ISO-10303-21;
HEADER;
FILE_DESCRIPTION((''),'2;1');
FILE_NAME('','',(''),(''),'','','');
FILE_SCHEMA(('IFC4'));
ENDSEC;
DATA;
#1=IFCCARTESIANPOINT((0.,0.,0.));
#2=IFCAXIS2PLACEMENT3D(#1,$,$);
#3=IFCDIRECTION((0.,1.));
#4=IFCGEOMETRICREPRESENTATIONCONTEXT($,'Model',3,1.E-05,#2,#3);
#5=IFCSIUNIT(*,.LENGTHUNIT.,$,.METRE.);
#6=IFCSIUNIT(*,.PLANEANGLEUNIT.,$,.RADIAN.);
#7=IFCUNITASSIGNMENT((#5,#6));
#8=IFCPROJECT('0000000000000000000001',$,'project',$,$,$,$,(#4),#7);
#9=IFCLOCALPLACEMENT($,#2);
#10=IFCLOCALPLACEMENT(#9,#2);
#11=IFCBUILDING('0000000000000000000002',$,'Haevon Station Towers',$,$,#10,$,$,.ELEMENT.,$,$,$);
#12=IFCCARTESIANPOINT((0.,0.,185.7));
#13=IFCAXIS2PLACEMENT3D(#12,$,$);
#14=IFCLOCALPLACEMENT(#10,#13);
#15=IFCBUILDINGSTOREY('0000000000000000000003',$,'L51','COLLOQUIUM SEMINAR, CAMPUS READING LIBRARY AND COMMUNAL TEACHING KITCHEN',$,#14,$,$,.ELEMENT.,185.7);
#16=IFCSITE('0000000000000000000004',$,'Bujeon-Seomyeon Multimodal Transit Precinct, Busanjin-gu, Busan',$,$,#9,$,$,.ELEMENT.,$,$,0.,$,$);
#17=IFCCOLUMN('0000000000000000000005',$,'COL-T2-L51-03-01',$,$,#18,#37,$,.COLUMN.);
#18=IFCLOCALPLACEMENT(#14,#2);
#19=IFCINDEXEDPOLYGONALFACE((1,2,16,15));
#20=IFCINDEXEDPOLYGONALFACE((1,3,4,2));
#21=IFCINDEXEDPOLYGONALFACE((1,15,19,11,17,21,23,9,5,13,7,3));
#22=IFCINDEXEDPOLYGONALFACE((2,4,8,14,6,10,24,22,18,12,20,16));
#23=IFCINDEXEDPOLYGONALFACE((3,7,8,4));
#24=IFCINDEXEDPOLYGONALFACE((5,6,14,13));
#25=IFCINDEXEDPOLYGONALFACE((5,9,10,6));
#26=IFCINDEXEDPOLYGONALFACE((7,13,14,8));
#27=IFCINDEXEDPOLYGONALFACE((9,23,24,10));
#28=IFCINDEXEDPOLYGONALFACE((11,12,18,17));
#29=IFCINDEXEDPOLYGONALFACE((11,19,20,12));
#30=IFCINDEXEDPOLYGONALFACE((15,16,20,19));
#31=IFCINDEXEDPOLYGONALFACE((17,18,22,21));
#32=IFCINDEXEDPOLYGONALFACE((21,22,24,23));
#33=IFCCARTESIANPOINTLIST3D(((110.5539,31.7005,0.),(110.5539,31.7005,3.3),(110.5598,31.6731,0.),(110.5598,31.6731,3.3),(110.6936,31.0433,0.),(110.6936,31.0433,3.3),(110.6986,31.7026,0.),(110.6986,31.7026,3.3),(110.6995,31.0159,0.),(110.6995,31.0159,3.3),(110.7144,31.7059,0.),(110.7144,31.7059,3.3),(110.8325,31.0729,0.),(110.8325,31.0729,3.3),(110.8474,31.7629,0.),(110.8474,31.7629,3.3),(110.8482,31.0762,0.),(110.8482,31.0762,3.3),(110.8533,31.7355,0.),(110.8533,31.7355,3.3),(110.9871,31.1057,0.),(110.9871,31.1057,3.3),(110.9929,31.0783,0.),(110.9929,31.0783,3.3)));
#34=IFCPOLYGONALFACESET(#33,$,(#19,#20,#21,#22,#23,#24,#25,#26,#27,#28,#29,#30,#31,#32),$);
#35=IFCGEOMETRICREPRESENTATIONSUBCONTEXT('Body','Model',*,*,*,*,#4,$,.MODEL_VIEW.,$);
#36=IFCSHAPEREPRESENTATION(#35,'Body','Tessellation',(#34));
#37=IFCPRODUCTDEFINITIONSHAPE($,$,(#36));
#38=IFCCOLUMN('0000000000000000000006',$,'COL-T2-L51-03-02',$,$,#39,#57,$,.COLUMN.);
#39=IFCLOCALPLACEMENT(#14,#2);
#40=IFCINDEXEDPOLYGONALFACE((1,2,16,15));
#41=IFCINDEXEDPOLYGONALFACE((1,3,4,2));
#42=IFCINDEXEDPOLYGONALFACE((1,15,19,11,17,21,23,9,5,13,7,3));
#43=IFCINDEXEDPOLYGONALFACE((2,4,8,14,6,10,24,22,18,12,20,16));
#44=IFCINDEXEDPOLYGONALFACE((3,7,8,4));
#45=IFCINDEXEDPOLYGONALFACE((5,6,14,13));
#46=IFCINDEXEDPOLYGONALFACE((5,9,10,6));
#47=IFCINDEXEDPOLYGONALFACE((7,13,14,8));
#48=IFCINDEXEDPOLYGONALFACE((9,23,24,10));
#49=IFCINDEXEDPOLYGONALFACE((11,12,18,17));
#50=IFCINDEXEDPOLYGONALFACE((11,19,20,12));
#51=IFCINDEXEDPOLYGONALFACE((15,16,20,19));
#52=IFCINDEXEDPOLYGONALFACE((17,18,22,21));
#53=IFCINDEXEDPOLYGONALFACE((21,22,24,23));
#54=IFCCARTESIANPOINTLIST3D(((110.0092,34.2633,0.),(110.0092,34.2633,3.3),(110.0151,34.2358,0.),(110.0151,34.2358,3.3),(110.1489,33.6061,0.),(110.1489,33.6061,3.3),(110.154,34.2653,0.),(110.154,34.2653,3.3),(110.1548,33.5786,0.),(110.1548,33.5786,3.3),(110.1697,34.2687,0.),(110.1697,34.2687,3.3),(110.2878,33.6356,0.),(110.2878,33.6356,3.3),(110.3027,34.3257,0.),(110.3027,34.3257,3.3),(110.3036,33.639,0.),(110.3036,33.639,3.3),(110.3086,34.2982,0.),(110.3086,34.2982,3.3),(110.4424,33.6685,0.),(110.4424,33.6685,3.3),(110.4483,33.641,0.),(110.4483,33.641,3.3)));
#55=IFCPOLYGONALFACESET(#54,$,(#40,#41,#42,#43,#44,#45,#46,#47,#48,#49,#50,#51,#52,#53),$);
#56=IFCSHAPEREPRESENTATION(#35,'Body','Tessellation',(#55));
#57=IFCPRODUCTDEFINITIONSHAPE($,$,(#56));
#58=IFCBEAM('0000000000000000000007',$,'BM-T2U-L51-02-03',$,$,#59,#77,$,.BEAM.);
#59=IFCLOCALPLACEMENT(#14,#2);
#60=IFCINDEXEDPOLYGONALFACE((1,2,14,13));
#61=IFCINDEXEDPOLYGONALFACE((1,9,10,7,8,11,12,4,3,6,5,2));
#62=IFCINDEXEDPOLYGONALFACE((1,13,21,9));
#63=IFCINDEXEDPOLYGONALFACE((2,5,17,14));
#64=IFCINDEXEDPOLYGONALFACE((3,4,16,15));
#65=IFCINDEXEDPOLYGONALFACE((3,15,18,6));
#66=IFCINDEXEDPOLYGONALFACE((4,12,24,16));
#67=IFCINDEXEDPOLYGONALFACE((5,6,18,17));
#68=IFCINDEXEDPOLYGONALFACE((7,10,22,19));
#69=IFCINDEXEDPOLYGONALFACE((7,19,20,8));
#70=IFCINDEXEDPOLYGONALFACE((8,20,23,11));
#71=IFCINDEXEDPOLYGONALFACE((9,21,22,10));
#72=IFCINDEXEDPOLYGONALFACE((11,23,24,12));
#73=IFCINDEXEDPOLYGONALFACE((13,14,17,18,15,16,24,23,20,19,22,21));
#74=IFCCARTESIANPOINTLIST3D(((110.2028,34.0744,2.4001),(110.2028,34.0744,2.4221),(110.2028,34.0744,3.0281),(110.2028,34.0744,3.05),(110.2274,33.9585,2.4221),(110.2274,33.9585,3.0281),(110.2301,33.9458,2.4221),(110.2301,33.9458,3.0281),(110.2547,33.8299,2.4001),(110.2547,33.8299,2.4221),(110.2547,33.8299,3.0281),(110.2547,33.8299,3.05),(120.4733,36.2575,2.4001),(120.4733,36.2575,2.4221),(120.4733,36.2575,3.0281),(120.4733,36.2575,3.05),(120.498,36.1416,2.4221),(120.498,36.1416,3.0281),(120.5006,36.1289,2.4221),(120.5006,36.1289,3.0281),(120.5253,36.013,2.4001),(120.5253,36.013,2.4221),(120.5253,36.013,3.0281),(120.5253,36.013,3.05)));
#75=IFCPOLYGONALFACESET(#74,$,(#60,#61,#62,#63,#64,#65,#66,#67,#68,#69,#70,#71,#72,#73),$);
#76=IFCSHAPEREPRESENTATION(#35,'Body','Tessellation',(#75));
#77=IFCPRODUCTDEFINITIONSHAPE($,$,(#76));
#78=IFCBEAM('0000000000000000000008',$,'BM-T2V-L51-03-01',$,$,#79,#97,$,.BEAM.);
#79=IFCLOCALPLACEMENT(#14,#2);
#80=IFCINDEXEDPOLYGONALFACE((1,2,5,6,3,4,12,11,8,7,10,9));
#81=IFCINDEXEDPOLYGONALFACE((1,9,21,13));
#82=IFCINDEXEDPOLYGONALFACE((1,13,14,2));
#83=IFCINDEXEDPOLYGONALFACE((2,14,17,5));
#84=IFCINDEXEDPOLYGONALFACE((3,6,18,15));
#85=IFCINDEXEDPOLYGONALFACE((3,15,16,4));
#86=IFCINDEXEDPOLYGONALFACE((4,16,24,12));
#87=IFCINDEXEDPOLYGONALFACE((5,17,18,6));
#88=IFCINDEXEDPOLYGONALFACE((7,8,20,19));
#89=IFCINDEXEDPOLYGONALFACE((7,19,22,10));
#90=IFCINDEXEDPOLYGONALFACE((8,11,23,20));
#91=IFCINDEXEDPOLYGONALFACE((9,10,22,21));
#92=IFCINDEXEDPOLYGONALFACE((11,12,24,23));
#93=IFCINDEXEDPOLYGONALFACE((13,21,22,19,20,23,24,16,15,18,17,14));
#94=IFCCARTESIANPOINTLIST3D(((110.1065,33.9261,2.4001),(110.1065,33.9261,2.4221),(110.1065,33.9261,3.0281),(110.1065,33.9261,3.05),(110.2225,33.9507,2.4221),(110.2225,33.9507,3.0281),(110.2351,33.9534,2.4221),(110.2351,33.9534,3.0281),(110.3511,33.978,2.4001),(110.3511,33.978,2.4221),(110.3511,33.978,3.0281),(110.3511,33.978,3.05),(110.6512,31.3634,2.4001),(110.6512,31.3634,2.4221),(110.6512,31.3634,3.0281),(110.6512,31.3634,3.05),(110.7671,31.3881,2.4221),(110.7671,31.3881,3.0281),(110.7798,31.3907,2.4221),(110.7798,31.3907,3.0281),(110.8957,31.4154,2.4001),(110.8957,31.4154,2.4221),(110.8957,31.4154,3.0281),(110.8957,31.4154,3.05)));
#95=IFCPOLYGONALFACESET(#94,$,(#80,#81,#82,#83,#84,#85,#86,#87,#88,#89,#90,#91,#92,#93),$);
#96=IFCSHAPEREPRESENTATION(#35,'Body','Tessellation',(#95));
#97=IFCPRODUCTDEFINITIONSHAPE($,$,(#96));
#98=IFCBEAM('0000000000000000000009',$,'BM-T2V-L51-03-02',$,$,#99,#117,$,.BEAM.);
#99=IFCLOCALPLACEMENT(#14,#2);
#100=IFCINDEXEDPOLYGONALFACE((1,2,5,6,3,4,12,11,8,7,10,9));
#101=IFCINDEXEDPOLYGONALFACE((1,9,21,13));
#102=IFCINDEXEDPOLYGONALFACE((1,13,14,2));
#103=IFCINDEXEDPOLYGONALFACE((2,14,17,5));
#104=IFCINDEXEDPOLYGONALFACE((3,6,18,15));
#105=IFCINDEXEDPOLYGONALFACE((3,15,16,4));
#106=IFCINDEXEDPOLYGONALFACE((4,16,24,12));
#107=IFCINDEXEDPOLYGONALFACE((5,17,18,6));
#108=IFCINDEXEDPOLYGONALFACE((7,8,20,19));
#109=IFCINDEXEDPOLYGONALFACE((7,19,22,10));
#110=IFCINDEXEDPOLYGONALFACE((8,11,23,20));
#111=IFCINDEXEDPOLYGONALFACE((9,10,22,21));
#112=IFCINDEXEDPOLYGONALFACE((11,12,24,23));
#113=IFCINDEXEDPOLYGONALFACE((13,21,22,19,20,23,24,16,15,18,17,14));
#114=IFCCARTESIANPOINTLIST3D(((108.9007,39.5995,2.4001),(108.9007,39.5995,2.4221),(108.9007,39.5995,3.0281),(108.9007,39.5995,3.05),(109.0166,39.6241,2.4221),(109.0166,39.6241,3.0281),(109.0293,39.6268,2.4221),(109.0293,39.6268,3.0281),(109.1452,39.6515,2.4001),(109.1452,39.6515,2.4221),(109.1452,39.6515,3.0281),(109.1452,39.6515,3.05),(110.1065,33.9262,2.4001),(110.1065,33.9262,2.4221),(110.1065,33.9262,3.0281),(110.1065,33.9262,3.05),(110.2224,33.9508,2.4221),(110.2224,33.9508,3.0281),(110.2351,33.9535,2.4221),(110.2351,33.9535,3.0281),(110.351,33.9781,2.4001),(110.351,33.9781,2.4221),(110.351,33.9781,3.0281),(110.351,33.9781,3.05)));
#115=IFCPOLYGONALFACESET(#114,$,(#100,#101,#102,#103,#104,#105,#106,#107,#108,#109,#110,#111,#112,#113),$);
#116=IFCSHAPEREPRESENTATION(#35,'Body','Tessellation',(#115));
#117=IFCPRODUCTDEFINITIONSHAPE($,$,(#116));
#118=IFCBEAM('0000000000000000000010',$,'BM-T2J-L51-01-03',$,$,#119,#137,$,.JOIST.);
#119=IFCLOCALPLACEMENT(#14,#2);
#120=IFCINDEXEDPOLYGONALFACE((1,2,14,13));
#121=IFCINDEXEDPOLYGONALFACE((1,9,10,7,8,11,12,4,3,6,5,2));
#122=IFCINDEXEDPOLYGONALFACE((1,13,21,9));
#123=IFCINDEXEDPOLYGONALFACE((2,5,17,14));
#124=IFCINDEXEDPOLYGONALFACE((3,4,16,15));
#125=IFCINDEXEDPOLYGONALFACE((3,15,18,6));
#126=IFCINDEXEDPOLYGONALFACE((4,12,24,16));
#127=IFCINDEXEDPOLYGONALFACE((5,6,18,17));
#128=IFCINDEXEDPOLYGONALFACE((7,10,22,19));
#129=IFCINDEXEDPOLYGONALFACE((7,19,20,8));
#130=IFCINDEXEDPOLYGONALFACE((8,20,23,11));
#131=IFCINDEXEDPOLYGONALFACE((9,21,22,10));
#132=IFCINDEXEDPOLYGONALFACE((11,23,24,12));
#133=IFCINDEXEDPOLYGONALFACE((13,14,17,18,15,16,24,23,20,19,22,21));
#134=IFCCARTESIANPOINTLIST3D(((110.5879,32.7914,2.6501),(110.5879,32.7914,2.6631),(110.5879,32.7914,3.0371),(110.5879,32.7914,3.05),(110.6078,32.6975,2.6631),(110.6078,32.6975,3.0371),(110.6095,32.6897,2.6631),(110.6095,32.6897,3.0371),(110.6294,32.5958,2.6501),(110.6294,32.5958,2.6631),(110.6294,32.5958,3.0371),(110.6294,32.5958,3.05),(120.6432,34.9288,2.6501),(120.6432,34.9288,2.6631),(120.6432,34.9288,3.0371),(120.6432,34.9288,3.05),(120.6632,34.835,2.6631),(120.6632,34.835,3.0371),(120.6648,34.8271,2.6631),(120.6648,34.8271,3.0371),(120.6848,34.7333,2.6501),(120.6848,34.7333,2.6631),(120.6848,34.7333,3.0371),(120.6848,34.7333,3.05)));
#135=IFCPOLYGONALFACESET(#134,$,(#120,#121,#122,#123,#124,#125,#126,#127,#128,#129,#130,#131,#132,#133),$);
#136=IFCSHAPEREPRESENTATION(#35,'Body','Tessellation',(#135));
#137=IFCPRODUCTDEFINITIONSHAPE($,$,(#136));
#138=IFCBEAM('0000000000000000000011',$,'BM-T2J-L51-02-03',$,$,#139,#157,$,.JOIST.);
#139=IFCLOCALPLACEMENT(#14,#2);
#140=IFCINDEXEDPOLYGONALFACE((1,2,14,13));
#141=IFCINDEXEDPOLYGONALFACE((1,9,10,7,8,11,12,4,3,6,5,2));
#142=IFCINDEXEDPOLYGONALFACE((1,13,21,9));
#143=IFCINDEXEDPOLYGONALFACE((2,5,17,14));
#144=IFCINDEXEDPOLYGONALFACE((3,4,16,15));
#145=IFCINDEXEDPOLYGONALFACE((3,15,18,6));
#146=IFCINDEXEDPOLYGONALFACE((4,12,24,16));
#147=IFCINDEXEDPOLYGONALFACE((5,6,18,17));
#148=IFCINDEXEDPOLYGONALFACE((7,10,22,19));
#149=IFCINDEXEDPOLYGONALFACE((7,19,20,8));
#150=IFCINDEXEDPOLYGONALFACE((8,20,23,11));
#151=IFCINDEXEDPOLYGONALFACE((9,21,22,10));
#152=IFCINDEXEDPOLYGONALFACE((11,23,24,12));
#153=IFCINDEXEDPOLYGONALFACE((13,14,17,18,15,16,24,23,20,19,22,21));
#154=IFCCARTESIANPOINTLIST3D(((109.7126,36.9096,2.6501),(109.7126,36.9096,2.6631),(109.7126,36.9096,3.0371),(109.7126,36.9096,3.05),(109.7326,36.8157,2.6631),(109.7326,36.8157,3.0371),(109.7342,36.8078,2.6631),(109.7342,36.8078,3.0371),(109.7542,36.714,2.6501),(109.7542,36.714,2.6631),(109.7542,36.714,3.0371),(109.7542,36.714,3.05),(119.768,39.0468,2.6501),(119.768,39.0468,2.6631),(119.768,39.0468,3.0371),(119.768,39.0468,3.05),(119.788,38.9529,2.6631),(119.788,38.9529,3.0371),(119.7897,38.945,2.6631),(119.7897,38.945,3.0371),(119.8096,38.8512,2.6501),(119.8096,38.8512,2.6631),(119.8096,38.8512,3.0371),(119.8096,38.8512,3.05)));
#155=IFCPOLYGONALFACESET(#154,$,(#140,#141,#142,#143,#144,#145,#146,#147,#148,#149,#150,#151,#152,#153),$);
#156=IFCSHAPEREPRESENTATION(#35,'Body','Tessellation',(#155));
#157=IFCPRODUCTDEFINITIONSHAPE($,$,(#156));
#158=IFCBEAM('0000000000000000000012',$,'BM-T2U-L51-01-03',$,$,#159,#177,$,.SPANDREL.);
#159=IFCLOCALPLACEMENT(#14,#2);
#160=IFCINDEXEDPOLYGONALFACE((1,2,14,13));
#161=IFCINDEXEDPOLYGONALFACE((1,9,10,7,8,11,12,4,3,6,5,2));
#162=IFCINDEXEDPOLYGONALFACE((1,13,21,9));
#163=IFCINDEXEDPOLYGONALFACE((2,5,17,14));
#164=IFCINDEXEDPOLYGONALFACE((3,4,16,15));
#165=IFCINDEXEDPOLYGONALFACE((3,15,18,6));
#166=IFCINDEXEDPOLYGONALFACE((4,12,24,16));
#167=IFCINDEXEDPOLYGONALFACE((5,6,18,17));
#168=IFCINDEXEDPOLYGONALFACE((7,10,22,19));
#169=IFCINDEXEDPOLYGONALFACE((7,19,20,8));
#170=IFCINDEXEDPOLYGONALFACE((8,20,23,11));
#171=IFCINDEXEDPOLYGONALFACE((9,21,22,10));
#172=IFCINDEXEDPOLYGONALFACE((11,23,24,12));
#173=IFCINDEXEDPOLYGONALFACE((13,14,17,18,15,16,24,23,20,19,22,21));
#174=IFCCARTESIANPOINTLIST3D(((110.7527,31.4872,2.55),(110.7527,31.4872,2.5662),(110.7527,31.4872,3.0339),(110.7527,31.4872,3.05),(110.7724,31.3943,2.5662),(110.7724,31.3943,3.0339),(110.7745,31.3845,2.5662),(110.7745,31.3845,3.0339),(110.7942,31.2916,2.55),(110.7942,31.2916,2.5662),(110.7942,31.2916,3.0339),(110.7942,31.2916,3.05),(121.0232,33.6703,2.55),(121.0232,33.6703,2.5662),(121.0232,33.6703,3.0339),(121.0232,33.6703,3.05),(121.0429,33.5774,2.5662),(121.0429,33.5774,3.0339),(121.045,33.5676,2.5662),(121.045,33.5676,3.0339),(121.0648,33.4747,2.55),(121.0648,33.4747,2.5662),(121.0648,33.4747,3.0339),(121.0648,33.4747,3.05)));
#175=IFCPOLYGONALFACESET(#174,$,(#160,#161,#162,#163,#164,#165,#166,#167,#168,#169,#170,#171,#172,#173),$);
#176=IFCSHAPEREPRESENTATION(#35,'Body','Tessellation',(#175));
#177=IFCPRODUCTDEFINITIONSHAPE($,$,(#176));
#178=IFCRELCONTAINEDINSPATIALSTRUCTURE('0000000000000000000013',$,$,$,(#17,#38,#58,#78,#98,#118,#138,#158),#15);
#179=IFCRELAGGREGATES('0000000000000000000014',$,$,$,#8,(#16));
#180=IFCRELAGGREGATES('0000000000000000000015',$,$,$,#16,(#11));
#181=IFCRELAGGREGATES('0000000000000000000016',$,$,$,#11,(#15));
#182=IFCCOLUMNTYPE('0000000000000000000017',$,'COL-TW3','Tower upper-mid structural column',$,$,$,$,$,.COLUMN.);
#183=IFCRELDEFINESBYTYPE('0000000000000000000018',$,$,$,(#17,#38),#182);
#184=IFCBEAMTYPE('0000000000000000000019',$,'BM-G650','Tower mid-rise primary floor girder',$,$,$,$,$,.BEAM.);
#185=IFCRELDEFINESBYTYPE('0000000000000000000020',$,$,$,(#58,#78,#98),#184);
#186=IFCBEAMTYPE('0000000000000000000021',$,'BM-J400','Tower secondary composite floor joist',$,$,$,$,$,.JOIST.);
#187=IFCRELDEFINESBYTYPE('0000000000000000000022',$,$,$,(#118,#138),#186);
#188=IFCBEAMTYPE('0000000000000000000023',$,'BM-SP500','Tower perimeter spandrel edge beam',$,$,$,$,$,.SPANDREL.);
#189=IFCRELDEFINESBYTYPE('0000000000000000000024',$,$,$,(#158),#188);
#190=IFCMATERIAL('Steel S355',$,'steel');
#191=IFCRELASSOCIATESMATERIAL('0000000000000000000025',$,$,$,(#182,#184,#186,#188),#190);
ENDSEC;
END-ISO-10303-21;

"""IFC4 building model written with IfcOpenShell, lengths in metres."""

from ifc_helpers import new_model, si_unit, direction, frame, origin, origin_2d, place, context, subcontext, project, spatial, i_section, extrude, material, material_profile, profile_set, type_object, element, save


model = new_model("IFC4")

# Units and contexts
model_context = context("Model", 3, precision=1e-05, world=origin(), true_north=direction((0.0, 1.0)))
body_context = subcontext(model_context, "Body", "Model", "MODEL_VIEW")
ifc_project = project(units=[si_unit("LENGTHUNIT", "METRE"), si_unit("PLANEANGLEUNIT", "RADIAN")], contexts=[model_context])

# Site, building, storey
site_placement = place(None, origin())
site = spatial("IfcSite", under=ifc_project, at=site_placement, Name="Bujeon-Seomyeon Multimodal Transit Precinct, Busanjin-gu, Busan", CompositionType="ELEMENT", RefElevation=0.0)
building_placement = place(site_placement, origin())
building = spatial("IfcBuilding", under=site, at=building_placement, Name="Haevon Station Towers", CompositionType="ELEMENT")
storey_placement = place(building_placement, frame((0.0, 0.0, 185.7)))
storey = spatial("IfcBuildingStorey", under=building, at=storey_placement, Name="L51", Description="COLLOQUIUM SEMINAR, CAMPUS READING LIBRARY AND COMMUNAL TEACHING KITCHEN", CompositionType="ELEMENT", Elevation=185.7)

# Columns
ifc_material_1 = material(Name="Steel S355", Category="steel")
ifc_material_profile_1 = material_profile(ifc_material_1, i_section(OverallWidth=0.3, OverallDepth=0.7, WebThickness=0.0161, FlangeThickness=0.0281, at=origin_2d()), Name="H-700x300x16x28")
ifc_profile_set_1 = profile_set([ifc_material_profile_1], Name="Steel S355")
column_type = type_object("IfcColumnType", Name="COL-TW3", Description="Tower upper-mid structural column", PredefinedType="COLUMN", material=ifc_profile_set_1)
for number, where, z_axis, x_axis, name in (
    (1, (110.7734, 31.3894, 0.0), (0.0, 0.0, 1.0), (0.978148, 0.207912, 0.0), "COL-T2-L51-03-01"),
    (2, (110.2288, 33.9521, 0.0), (0.0, 0.0, 1.0), (0.978148, 0.207912, 0.0), "COL-T2-L51-03-02"),
):
    element("IfcColumn", number, at=place(storey_placement, frame(where, z_axis=z_axis, x_axis=x_axis)), inside=storey, type_object=column_type, Name=name, PredefinedType="COLUMN", context=body_context, shape_type="SweptSolid", body=[
        extrude(i_section(OverallWidth=0.3, OverallDepth=0.7, WebThickness=0.0161, FlangeThickness=0.0281, at=origin_2d()), origin(), (0.0, 0.0, 1.0), 3.3),
    ])

# Beams
ifc_material_profile_2 = material_profile(ifc_material_1, i_section(OverallWidth=0.25, OverallDepth=0.6499, WebThickness=0.0129, FlangeThickness=0.022, at=origin_2d()), Name="H-650x250x13x22")
ifc_profile_set_2 = profile_set([ifc_material_profile_2], Name="Steel S355")
beam_type_1 = type_object("IfcBeamType", Name="BM-G650", Description="Tower mid-rise primary floor girder", PredefinedType="BEAM", material=ifc_profile_set_2)
beam_1_placement = place(storey_placement, frame((110.2288, 33.9521, 2.7251), z_axis=(0.978147, 0.207915, 0.0), x_axis=(-0.207915, 0.978147, 0.0)))
element("IfcBeam", 3, at=beam_1_placement, inside=storey, type_object=beam_type_1, Name="BM-T2U-L51-02-03", PredefinedType="BEAM", context=body_context, shape_type="SweptSolid", body=[
    extrude(i_section(OverallWidth=0.25, OverallDepth=0.6499, WebThickness=0.0129, FlangeThickness=0.022, at=origin_2d()), origin(), (0.0, 0.0, 1.0), 10.5),
])
beam_2_placement = place(storey_placement, frame((110.7734, 31.3894, 2.7251), z_axis=(-0.207893, 0.978152, 0.0), x_axis=(-0.978152, -0.207893, 0.0)))
element("IfcBeam", 4, at=beam_2_placement, inside=storey, type_object=beam_type_1, Name="BM-T2V-L51-03-01", PredefinedType="BEAM", context=body_context, shape_type="SweptSolid", body=[
    extrude(i_section(OverallWidth=0.25, OverallDepth=0.6499, WebThickness=0.0129, FlangeThickness=0.022, at=origin_2d()), origin(), (0.0, 0.0, 1.0), 2.6199),
])
beam_3_placement = place(storey_placement, frame((110.2288, 33.9521, 2.7251), z_axis=(-0.207896, 0.978151, 0.0), x_axis=(-0.978151, -0.207896, 0.0)))
element("IfcBeam", 5, at=beam_3_placement, inside=storey, type_object=beam_type_1, Name="BM-T2V-L51-03-02", PredefinedType="BEAM", context=body_context, shape_type="SweptSolid", body=[
    extrude(i_section(OverallWidth=0.25, OverallDepth=0.6499, WebThickness=0.0129, FlangeThickness=0.022, at=origin_2d()), origin(), (0.0, 0.0, 1.0), 5.8),
])
ifc_material_profile_3 = material_profile(ifc_material_1, i_section(OverallWidth=0.2, OverallDepth=0.3999, WebThickness=0.0081, FlangeThickness=0.0129, at=origin_2d()), Name="H-400x200x8x13")
ifc_profile_set_3 = profile_set([ifc_material_profile_3], Name="Steel S355")
beam_type_2 = type_object("IfcBeamType", Name="BM-J400", Description="Tower secondary composite floor joist", PredefinedType="JOIST", material=ifc_profile_set_3)
for number, where, z_axis, x_axis, name in (
    (6, (110.6086, 32.6936, 2.8501), (0.978146, 0.207922, 0.0), (-0.207922, 0.978146, 0.0), "BM-T2J-L51-01-03"),
    (7, (109.7334, 36.8118, 2.8501), (0.97815, 0.207899, 0.0), (-0.207899, 0.97815, 0.0), "BM-T2J-L51-02-03"),
):
    element("IfcBeam", number, at=place(storey_placement, frame(where, z_axis=z_axis, x_axis=x_axis)), inside=storey, type_object=beam_type_2, Name=name, PredefinedType="JOIST", context=body_context, shape_type="SweptSolid", body=[
        extrude(i_section(OverallWidth=0.2, OverallDepth=0.3999, WebThickness=0.0081, FlangeThickness=0.0129, at=origin_2d()), origin(), (0.0, 0.0, 1.0), 10.28),
    ])
ifc_material_profile_4 = material_profile(ifc_material_1, i_section(OverallWidth=0.2, OverallDepth=0.5, WebThickness=0.01, FlangeThickness=0.0161, at=origin_2d()), Name="H-500x200x10x16")
ifc_profile_set_4 = profile_set([ifc_material_profile_4], Name="Steel S355")
beam_type_3 = type_object("IfcBeamType", Name="BM-SP500", Description="Tower perimeter spandrel edge beam", PredefinedType="SPANDREL", material=ifc_profile_set_4)
beam_4_placement = place(storey_placement, frame((110.7734, 31.3894, 2.8), z_axis=(0.978147, 0.207915, 0.0), x_axis=(-0.207915, 0.978147, 0.0)))
element("IfcBeam", 8, at=beam_4_placement, inside=storey, type_object=beam_type_3, Name="BM-T2U-L51-01-03", PredefinedType="SPANDREL", context=body_context, shape_type="SweptSolid", body=[
    extrude(i_section(OverallWidth=0.2, OverallDepth=0.5, WebThickness=0.01, FlangeThickness=0.0161, at=origin_2d()), origin(), (0.0, 0.0, 1.0), 10.5),
])

save(model, "model.ifc")
